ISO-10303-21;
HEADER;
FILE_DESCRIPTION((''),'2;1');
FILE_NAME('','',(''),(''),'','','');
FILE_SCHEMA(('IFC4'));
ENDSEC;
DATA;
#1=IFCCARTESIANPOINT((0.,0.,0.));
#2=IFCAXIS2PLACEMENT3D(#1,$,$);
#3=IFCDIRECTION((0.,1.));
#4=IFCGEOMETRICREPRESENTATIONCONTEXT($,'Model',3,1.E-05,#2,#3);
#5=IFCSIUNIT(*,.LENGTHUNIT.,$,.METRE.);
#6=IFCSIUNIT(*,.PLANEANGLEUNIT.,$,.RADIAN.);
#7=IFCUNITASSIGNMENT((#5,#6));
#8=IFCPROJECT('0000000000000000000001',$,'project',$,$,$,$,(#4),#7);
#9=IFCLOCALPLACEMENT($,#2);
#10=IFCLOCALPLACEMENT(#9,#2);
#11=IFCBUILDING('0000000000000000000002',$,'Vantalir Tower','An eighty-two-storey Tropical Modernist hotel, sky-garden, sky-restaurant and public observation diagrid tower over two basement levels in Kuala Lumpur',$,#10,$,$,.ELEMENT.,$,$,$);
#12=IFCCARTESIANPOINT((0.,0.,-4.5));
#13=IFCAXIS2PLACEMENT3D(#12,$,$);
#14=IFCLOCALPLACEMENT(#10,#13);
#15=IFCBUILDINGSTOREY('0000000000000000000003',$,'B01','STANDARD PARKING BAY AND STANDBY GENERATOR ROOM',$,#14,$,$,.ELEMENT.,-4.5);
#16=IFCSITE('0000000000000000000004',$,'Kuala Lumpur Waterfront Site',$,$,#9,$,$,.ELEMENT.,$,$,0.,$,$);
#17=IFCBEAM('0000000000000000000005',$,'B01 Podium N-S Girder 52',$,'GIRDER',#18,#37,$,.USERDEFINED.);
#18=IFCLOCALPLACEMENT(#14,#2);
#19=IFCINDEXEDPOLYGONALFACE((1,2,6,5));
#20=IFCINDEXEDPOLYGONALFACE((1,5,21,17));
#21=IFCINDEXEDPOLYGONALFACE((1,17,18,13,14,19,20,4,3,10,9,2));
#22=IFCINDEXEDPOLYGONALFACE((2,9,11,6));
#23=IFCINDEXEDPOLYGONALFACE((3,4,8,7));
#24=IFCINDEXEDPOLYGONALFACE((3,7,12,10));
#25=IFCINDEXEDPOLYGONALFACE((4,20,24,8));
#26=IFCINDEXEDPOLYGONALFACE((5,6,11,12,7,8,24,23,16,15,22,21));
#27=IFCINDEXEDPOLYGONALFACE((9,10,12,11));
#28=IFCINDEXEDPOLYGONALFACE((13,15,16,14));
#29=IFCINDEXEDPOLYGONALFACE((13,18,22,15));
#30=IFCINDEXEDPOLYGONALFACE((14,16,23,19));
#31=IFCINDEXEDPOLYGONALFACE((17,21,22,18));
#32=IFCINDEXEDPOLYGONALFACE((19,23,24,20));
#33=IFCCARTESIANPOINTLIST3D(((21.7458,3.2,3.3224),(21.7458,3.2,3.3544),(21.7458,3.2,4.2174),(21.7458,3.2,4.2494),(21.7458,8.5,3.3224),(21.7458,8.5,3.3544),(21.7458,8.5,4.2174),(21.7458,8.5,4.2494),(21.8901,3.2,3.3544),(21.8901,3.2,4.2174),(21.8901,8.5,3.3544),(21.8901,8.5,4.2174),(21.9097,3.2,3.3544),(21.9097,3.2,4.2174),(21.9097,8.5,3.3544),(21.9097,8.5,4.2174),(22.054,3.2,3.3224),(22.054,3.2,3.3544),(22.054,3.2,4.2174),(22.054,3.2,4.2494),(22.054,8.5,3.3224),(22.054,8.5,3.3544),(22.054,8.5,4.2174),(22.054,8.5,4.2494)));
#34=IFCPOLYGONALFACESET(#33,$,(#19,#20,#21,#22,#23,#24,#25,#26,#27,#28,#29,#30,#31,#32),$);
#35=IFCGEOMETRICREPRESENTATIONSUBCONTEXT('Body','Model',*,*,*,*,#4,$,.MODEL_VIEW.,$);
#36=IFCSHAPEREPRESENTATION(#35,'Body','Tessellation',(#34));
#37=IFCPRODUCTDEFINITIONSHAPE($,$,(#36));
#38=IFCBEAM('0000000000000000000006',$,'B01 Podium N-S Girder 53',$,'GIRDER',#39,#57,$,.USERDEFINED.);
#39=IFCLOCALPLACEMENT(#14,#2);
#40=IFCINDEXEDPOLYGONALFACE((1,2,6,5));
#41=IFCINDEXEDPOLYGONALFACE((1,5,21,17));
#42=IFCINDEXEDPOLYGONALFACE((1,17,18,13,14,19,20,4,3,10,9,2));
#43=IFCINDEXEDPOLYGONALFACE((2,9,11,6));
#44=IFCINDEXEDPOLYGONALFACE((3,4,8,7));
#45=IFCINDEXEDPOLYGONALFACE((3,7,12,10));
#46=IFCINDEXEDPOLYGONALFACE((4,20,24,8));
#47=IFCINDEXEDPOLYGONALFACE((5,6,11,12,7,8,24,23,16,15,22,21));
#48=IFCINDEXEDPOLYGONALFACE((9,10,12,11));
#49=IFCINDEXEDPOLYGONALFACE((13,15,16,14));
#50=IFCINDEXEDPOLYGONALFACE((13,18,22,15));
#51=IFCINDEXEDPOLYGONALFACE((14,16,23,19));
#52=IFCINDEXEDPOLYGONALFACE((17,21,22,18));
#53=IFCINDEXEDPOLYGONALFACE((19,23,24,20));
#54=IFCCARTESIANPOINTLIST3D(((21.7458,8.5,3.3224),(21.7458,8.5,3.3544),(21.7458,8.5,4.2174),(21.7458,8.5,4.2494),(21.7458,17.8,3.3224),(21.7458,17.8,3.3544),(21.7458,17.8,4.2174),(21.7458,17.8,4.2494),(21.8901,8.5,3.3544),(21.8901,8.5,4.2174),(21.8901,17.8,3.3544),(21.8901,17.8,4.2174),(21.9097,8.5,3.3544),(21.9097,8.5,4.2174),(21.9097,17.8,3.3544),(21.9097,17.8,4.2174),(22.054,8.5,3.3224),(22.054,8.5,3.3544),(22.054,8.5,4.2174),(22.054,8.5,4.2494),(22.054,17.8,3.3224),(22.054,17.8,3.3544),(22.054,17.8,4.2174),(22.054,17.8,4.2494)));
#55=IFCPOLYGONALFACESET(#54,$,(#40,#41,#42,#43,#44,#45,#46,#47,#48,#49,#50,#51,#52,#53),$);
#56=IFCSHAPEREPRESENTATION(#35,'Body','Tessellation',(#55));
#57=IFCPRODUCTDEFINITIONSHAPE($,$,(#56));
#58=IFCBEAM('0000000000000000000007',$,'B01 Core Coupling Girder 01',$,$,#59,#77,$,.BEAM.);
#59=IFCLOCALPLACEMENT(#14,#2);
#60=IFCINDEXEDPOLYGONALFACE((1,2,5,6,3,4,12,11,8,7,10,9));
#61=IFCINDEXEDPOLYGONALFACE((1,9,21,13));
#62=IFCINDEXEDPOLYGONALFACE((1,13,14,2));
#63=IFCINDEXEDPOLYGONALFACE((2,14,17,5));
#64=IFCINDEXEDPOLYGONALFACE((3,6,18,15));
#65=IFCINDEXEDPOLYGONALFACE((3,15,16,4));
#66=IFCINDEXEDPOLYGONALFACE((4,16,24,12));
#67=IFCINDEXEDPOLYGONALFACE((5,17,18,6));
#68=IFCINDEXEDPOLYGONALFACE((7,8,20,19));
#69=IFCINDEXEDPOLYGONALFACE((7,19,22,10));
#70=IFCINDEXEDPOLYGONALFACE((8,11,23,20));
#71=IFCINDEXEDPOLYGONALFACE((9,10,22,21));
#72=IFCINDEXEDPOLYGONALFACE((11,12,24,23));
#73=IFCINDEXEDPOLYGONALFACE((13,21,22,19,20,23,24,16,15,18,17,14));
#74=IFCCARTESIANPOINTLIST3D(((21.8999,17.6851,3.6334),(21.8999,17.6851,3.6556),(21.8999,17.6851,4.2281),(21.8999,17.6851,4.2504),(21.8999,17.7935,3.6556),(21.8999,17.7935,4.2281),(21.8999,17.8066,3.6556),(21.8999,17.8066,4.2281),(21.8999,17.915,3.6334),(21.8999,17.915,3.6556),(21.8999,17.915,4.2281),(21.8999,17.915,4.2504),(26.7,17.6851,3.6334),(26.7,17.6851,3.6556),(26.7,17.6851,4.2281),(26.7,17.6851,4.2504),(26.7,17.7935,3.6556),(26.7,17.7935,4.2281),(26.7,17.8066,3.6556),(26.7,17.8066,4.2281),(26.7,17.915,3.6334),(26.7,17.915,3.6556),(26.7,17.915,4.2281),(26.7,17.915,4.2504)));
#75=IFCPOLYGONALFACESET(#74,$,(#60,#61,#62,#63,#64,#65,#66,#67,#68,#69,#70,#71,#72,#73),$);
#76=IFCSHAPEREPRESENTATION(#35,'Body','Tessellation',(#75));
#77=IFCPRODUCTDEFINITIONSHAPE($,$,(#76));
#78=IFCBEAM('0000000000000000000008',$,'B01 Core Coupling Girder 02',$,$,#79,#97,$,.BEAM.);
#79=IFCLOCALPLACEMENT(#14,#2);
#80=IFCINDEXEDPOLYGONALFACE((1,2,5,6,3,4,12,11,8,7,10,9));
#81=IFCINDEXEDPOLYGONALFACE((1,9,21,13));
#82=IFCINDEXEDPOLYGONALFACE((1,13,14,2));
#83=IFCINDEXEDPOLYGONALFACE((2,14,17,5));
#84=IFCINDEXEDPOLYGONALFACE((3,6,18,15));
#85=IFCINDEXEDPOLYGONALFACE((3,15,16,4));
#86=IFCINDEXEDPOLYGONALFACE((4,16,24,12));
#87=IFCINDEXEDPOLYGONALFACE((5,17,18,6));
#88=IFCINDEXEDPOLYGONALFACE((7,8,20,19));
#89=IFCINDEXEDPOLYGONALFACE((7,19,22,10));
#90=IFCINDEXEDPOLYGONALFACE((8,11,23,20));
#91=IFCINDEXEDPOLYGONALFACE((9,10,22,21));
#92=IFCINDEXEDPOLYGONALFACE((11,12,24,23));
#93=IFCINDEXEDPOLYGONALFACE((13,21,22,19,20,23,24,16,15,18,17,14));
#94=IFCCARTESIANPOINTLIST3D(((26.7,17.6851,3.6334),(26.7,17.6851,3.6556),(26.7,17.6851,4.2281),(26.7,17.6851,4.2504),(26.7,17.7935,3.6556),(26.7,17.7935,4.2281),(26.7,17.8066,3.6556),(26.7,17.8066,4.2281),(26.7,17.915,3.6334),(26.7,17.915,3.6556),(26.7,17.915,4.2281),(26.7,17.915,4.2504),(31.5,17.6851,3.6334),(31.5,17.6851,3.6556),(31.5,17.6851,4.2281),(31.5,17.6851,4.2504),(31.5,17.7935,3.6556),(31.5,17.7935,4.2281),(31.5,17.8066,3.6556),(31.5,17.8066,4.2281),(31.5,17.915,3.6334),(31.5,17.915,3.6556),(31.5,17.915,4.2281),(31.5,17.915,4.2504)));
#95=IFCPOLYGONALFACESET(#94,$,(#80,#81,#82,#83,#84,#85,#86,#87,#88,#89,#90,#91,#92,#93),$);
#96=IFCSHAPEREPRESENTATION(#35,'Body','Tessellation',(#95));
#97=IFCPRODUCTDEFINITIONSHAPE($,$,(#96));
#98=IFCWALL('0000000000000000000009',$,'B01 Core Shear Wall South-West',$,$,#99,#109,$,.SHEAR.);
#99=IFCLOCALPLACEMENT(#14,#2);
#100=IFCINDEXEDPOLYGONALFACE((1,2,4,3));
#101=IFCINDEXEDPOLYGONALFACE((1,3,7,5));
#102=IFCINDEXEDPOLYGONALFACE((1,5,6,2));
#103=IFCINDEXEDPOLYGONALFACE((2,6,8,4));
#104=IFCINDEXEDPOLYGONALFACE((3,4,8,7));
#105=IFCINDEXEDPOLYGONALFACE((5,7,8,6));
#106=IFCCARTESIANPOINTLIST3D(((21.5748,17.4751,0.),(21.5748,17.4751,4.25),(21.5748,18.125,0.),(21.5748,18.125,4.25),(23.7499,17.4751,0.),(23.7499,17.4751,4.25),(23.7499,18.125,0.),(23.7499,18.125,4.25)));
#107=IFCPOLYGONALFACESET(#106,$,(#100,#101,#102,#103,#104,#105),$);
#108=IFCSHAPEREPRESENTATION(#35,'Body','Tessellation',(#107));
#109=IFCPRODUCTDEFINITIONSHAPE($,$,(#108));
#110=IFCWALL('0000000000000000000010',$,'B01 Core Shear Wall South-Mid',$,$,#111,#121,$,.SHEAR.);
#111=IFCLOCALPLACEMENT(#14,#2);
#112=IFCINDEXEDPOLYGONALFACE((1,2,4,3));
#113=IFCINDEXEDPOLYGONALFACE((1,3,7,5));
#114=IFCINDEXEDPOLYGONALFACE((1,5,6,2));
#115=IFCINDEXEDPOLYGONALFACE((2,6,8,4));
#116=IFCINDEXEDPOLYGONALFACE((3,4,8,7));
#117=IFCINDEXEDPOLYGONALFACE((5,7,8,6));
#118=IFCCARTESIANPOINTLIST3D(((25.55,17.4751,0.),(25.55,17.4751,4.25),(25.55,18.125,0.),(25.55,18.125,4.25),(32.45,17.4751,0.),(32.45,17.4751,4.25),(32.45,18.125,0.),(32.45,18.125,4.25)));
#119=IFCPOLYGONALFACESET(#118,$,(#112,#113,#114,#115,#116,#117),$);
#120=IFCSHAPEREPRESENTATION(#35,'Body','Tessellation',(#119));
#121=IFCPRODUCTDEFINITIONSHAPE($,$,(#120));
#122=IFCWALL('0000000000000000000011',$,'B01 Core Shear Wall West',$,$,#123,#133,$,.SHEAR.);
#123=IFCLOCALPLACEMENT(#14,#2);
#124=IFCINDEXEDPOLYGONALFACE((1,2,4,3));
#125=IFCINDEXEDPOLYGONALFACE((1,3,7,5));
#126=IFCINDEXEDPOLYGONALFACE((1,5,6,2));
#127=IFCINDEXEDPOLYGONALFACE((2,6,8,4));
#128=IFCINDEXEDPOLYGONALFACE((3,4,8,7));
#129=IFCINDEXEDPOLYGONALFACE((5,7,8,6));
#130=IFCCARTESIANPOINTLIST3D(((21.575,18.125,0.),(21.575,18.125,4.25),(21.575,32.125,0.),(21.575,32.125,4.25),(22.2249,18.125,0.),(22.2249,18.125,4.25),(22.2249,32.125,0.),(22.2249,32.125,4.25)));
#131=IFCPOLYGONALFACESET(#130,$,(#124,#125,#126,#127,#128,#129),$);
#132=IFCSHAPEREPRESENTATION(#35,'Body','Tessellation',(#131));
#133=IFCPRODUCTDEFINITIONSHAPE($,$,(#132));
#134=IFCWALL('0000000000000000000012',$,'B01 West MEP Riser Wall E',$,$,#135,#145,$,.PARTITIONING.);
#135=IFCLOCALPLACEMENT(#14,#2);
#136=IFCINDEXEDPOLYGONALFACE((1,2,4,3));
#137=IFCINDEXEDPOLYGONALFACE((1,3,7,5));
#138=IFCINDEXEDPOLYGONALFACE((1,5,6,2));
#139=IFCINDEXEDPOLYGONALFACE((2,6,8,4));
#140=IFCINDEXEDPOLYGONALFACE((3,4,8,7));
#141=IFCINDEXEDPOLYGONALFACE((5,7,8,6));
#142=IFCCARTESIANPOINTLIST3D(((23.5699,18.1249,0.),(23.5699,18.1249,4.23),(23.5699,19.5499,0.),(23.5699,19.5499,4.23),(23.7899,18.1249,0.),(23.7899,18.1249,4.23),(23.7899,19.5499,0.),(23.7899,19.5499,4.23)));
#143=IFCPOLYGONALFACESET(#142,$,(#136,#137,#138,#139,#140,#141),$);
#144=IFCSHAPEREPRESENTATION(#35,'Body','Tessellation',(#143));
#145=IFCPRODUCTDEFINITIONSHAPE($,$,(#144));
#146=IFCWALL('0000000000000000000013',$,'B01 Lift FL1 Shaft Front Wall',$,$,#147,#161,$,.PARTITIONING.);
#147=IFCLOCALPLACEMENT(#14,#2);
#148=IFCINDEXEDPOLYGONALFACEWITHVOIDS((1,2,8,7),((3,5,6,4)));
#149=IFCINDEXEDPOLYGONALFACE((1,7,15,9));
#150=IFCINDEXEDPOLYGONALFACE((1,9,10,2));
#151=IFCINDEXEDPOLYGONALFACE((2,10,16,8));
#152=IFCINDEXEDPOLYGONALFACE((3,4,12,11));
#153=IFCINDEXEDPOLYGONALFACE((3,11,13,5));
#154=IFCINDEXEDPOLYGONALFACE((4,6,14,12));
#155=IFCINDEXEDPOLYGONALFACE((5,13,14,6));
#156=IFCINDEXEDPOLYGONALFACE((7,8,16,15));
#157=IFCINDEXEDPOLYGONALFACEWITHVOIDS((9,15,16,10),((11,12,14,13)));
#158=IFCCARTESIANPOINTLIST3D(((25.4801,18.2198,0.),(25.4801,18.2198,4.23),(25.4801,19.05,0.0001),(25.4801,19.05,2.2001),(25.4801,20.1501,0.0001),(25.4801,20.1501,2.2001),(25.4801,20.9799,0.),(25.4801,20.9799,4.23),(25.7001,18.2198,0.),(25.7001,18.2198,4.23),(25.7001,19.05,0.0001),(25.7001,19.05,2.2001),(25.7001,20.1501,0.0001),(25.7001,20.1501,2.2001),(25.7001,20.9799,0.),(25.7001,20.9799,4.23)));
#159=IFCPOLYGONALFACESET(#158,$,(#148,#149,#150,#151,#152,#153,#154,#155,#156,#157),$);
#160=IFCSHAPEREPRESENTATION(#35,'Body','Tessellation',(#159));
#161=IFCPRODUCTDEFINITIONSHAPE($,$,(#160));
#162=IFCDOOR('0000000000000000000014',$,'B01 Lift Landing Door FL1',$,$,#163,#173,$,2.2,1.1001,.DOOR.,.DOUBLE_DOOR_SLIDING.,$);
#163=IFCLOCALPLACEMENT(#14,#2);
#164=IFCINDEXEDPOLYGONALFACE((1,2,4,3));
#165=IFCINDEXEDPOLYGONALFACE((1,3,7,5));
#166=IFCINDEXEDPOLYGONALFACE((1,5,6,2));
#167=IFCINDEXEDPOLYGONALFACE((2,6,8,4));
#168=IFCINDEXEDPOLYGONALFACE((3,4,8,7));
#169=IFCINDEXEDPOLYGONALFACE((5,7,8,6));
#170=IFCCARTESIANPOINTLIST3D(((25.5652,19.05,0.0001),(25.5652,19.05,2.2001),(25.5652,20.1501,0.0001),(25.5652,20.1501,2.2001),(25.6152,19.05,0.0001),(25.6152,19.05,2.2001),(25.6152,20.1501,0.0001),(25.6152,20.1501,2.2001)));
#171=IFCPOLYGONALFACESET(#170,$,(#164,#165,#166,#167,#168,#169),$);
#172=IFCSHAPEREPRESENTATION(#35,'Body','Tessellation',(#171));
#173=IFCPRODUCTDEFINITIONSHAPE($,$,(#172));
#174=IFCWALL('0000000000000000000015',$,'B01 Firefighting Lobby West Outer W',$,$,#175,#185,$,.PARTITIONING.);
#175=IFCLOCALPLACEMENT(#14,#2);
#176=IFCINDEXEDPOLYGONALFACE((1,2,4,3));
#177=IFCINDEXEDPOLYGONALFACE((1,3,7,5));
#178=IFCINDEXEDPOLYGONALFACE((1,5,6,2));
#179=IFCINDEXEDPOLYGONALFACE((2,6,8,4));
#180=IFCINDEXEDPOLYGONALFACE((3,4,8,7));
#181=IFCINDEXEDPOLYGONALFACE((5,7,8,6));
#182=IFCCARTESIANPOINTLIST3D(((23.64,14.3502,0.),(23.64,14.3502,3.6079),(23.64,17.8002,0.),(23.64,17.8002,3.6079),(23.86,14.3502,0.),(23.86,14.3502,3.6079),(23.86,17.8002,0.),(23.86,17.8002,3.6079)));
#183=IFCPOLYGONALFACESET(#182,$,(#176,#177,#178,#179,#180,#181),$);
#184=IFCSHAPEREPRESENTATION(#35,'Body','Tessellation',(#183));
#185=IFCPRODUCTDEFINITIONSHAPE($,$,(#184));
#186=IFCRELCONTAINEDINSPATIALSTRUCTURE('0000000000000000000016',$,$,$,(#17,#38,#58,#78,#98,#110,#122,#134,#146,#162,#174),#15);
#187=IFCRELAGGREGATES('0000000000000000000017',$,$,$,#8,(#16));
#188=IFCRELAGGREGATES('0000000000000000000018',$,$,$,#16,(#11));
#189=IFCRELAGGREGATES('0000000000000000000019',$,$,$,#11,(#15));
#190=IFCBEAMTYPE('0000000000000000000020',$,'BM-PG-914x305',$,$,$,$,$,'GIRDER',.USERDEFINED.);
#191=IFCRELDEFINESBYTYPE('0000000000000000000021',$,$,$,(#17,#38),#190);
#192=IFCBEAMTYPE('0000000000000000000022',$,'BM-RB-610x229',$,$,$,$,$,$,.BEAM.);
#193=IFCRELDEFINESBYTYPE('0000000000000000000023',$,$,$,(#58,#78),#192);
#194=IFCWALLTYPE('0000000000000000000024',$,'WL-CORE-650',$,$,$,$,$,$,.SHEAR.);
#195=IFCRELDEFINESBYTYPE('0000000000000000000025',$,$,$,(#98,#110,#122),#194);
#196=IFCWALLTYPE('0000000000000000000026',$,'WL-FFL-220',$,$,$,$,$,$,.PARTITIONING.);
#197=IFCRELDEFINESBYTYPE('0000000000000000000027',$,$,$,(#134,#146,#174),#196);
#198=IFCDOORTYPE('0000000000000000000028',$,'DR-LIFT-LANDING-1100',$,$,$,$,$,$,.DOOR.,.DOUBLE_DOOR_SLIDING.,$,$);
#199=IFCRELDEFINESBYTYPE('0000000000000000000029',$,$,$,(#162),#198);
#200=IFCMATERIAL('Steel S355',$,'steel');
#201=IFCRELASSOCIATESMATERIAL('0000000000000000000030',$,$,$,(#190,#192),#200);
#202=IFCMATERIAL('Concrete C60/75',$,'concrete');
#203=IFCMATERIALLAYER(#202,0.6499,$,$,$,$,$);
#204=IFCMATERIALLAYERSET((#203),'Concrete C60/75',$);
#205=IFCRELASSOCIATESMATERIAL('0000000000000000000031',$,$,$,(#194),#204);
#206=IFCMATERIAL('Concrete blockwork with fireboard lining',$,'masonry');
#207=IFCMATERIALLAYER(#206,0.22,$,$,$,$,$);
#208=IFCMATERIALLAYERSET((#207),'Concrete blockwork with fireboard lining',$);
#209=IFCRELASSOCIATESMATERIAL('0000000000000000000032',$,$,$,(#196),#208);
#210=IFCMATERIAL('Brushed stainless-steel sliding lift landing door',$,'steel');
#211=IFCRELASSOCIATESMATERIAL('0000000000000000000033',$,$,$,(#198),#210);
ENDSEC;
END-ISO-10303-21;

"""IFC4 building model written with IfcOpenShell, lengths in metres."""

from ifc_helpers import new_model, si_unit, direction, frame, frame_2d, origin, origin_2d, place, context, subcontext, project, spatial, rectangle, i_section, extrude, material, layer, layer_set, material_profile, profile_set, type_object, element, fill, save


model = new_model("IFC4")

# Units and contexts
model_context = context("Model", 3, precision=1e-05, world=origin(), true_north=direction((0.0, 1.0)))
body_context = subcontext(model_context, "Body", "Model", "MODEL_VIEW")
ifc_project = project(units=[si_unit("LENGTHUNIT", "METRE"), si_unit("PLANEANGLEUNIT", "RADIAN")], contexts=[model_context])

# Site, building, storey
site_placement = place(None, origin())
site = spatial("IfcSite", under=ifc_project, at=site_placement, Name="Kuala Lumpur Waterfront Site", CompositionType="ELEMENT", RefElevation=0.0)
building_placement = place(site_placement, origin())
building = spatial("IfcBuilding", under=site, at=building_placement, Name="Vantalir Tower", Description="An eighty-two-storey Tropical Modernist hotel, sky-garden, sky-restaurant and public observation diagrid tower over two basement levels in Kuala Lumpur", CompositionType="ELEMENT")
storey_placement = place(building_placement, frame((0.0, 0.0, -4.5)))
storey = spatial("IfcBuildingStorey", under=building, at=storey_placement, Name="B01", Description="STANDARD PARKING BAY AND STANDBY GENERATOR ROOM", CompositionType="ELEMENT", Elevation=-4.5)

# Shared definitions
ifc_material_1 = material(Name="Concrete C60/75", Category="concrete")

# Beams
ifc_material_2 = material(Name="Steel S355", Category="steel")
ifc_material_profile_1 = material_profile(ifc_material_2, i_section(OverallWidth=0.3081, OverallDepth=0.927, WebThickness=0.0195, FlangeThickness=0.032, at=origin_2d()), Name="Steel S355")
ifc_profile_set_1 = profile_set([ifc_material_profile_1], Name="Steel S355")
beam_type_1 = type_object("IfcBeamType", Name="BM-PG-914x305", ElementType="GIRDER", PredefinedType="USERDEFINED", material=ifc_profile_set_1)
beam_1_placement = place(storey_placement, frame((21.8999, 3.2, 3.7859), z_axis=(0.0, 1.0, 0.0), x_axis=(-1.0, 0.0, 0.0)))
element("IfcBeam", 1, at=beam_1_placement, inside=storey, type_object=beam_type_1, Name="B01 Podium N-S Girder 52", ObjectType="GIRDER", PredefinedType="USERDEFINED", context=body_context, shape_type="SweptSolid", body=[
    extrude(i_section(OverallWidth=0.3081, OverallDepth=0.927, WebThickness=0.0195, FlangeThickness=0.032, at=origin_2d()), origin(), (0.0, 0.0, 1.0), 5.3),
])
beam_2_placement = place(storey_placement, frame((21.8999, 8.5, 3.7859), z_axis=(0.0, 1.0, 0.0), x_axis=(-1.0, 0.0, 0.0)))
element("IfcBeam", 2, at=beam_2_placement, inside=storey, type_object=beam_type_1, Name="B01 Podium N-S Girder 53", ObjectType="GIRDER", PredefinedType="USERDEFINED", context=body_context, shape_type="SweptSolid", body=[
    extrude(i_section(OverallWidth=0.3081, OverallDepth=0.927, WebThickness=0.0195, FlangeThickness=0.032, at=origin_2d()), origin(), (0.0, 0.0, 1.0), 9.3),
])
ifc_material_profile_2 = material_profile(ifc_material_2, i_section(OverallWidth=0.23, OverallDepth=0.6169, WebThickness=0.0132, FlangeThickness=0.0222, at=origin_2d()), Name="Steel S355")
ifc_profile_set_2 = profile_set([ifc_material_profile_2], Name="Steel S355")
beam_type_2 = type_object("IfcBeamType", Name="BM-RB-610x229", PredefinedType="BEAM", material=ifc_profile_set_2)
for number, where, z_axis, x_axis, name in (
    (3, (21.8999, 17.8, 3.9419), (1.0, 0.0, 0.0), (0.0, 1.0, 0.0), "B01 Core Coupling Girder 01"),
    (4, (26.7, 17.8, 3.9419), (1.0, 0.0, 0.0), (0.0, 1.0, 0.0), "B01 Core Coupling Girder 02"),
):
    element("IfcBeam", number, at=place(storey_placement, frame(where, z_axis=z_axis, x_axis=x_axis)), inside=storey, type_object=beam_type_2, Name=name, PredefinedType="BEAM", context=body_context, shape_type="SweptSolid", body=[
        extrude(i_section(OverallWidth=0.23, OverallDepth=0.6169, WebThickness=0.0132, FlangeThickness=0.0222, at=origin_2d()), origin(), (0.0, 0.0, 1.0), 4.8),
    ])

# Walls
ifc_layer_1 = layer(ifc_material_1, 0.6499)
ifc_layer_set_1 = layer_set([ifc_layer_1], Name="Concrete C60/75")
wall_type_1 = type_object("IfcWallType", Name="WL-CORE-650", PredefinedType="SHEAR", material=ifc_layer_set_1)
wall_1_placement = place(storey_placement, frame((21.575, 17.8, 0.0), z_axis=(0.0, 0.0, 1.0), x_axis=(1.0, 0.0, 0.0)))
element("IfcWall", 5, at=wall_1_placement, inside=storey, type_object=wall_type_1, Name="B01 Core Shear Wall South-West", PredefinedType="SHEAR", context=body_context, shape_type="SweptSolid", body=[
    extrude(rectangle(XDim=2.175, YDim=0.6499, at=frame_2d((1.0874, 0.0))), origin(), (0.0, 0.0, 1.0), 4.25),
])
wall_2_placement = place(storey_placement, frame((25.55, 17.8, 0.0), z_axis=(0.0, 0.0, 1.0), x_axis=(1.0, 0.0, 0.0)))
element("IfcWall", 6, at=wall_2_placement, inside=storey, type_object=wall_type_1, Name="B01 Core Shear Wall South-Mid", PredefinedType="SHEAR", context=body_context, shape_type="SweptSolid", body=[
    extrude(rectangle(XDim=6.8999, YDim=0.6499, at=frame_2d((3.45, 0.0))), origin(), (0.0, 0.0, 1.0), 4.25),
])
wall_3_placement = place(storey_placement, frame((21.8999, 18.125, 0.0), z_axis=(0.0, 0.0, 1.0), x_axis=(0.0, 1.0, 0.0)))
element("IfcWall", 7, at=wall_3_placement, inside=storey, type_object=wall_type_1, Name="B01 Core Shear Wall West", PredefinedType="SHEAR", context=body_context, shape_type="SweptSolid", body=[
    extrude(rectangle(XDim=14.0, YDim=0.6499, at=frame_2d((7.0, 0.0))), origin(), (0.0, 0.0, 1.0), 4.25),
])
ifc_material_3 = material(Name="Concrete blockwork with fireboard lining", Category="masonry")
ifc_layer_2 = layer(ifc_material_3, 0.22)
ifc_layer_set_2 = layer_set([ifc_layer_2], Name="Concrete blockwork with fireboard lining")
wall_type_2 = type_object("IfcWallType", Name="WL-FFL-220", PredefinedType="PARTITIONING", material=ifc_layer_set_2)
wall_4_placement = place(storey_placement, frame((23.6799, 18.125, 0.0), z_axis=(0.0, 0.0, 1.0), x_axis=(0.0, 1.0, 0.0)))
element("IfcWall", 8, at=wall_4_placement, inside=storey, type_object=wall_type_2, Name="B01 West MEP Riser Wall E", PredefinedType="PARTITIONING", context=body_context, shape_type="SweptSolid", body=[
    extrude(rectangle(XDim=1.425, YDim=0.22, at=frame_2d((0.7124, 0.0))), origin(), (0.0, 0.0, 1.0), 4.23),
])

# Wall, opening, door
wall_5_placement = place(storey_placement, frame((25.5901, 18.22, 0.0), z_axis=(0.0, 0.0, 1.0), x_axis=(0.0, 1.0, 0.0)))
wall_5 = element("IfcWall", 9, at=wall_5_placement, inside=storey, type_object=wall_type_2, Name="B01 Lift FL1 Shaft Front Wall", PredefinedType="PARTITIONING", context=body_context, shape_type="SweptSolid", body=[
    extrude(rectangle(XDim=2.76, YDim=0.22, at=frame_2d((1.3799, 0.0))), origin(), (0.0, 0.0, 1.0), 4.23),
])
opening_placement = place(wall_5_placement, frame((0.8301, 0.0, 0.0)))
opening = element("IfcOpeningElement", 10, at=opening_placement, cuts=wall_5, PredefinedType="OPENING", context=body_context, shape_type="SweptSolid", body=[
    extrude(rectangle(XDim=1.1001, YDim=2.2, at=frame_2d((0.55, 1.1001))), frame((0.0, 0.1199, 0.0), z_axis=(0.0, -1.0, 0.0), x_axis=(1.0, 0.0, 0.0)), (0.0, 0.0, 1.0), 0.24),
])
ifc_material_4 = material(Name="Brushed stainless-steel sliding lift landing door", Category="steel")
door_type = type_object("IfcDoorType", Name="DR-LIFT-LANDING-1100", OperationType="DOUBLE_DOOR_SLIDING", PredefinedType="DOOR", material=ifc_material_4)
door_placement = place(opening_placement, origin())
door = element("IfcDoor", 11, at=door_placement, inside=storey, type_object=door_type, Name="B01 Lift Landing Door FL1", OperationType="DOUBLE_DOOR_SLIDING", OverallHeight=2.2, OverallWidth=1.1001, PredefinedType="DOOR", context=body_context, shape_type="SweptSolid", body=[
    extrude(rectangle(XDim=1.1001, YDim=2.2, at=frame_2d((0.55, 1.1001))), frame((0.0, 0.0249, 0.0), z_axis=(0.0, -1.0, 0.0), x_axis=(1.0, 0.0, 0.0)), (0.0, 0.0, 1.0), 0.05),
])
fill(opening, door)

# Wall
wall_6_placement = place(storey_placement, frame((23.75, 14.3501, 0.0), z_axis=(0.0, 0.0, 1.0), x_axis=(0.0, 1.0, 0.0)))
element("IfcWall", 12, at=wall_6_placement, inside=storey, type_object=wall_type_2, Name="B01 Firefighting Lobby West Outer W", PredefinedType="PARTITIONING", context=body_context, shape_type="SweptSolid", body=[
    extrude(rectangle(XDim=3.45, YDim=0.22, at=frame_2d((1.7251, 0.0))), origin(), (0.0, 0.0, 1.0), 3.6079),
])

save(model, "model.ifc")
